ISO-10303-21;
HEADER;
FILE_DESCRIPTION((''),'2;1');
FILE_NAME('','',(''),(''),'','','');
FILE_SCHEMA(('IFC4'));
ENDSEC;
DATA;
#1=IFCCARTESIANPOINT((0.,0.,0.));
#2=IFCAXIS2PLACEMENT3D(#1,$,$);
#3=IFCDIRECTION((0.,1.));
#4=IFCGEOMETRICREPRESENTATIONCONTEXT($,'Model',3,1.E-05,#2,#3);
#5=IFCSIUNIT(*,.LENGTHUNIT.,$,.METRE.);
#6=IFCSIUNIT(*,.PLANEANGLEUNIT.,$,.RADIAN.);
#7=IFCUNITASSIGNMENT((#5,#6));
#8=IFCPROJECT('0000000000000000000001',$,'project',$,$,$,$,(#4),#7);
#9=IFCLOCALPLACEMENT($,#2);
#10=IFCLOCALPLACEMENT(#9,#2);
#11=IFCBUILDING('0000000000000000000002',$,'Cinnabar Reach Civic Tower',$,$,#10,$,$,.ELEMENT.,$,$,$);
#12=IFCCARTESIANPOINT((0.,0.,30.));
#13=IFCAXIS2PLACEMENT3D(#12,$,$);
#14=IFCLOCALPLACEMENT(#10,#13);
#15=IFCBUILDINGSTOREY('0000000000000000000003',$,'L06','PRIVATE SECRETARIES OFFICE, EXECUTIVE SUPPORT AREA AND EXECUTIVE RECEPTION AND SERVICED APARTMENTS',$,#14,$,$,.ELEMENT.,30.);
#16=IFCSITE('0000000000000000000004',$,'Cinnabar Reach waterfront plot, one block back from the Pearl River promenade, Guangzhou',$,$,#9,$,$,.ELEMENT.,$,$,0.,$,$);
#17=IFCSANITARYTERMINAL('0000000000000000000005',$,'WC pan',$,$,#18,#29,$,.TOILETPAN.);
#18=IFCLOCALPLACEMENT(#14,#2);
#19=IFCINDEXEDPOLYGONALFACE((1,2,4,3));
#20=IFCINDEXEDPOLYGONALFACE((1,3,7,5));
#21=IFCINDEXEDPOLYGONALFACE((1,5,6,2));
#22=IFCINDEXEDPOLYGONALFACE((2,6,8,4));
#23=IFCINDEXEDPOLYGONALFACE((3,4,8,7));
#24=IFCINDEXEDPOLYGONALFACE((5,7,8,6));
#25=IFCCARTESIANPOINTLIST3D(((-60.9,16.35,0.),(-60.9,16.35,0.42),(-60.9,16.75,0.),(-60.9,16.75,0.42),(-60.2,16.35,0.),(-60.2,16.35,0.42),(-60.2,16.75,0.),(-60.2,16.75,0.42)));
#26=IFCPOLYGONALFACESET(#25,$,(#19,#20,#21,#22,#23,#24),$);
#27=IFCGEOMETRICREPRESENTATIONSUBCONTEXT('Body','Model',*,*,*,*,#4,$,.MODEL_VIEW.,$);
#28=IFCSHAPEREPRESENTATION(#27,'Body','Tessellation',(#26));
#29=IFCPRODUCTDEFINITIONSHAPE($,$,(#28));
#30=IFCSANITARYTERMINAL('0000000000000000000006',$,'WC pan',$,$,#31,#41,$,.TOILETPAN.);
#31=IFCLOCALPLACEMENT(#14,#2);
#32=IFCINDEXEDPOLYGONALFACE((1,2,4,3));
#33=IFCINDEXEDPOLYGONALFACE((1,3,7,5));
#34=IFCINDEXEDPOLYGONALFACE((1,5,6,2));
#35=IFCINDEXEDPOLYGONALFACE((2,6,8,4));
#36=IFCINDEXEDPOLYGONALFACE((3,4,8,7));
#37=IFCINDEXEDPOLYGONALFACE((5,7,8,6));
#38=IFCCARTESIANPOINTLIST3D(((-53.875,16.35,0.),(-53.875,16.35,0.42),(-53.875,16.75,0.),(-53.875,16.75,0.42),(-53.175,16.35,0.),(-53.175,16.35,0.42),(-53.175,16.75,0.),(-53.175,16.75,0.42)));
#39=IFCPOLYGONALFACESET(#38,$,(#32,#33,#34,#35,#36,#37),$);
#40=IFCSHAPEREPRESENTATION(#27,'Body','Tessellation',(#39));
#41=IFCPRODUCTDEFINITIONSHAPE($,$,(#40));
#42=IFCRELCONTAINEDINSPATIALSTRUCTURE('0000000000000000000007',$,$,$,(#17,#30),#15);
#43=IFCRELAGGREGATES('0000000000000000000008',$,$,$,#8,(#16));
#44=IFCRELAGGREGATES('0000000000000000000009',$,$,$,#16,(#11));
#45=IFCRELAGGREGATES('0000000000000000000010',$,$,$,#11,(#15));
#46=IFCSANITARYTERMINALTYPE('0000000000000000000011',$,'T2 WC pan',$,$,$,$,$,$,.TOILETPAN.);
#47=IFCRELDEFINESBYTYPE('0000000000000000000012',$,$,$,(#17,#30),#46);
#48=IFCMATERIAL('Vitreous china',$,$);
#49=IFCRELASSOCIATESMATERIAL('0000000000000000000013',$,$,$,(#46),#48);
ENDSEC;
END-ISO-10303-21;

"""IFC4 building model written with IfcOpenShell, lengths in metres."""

from ifc_helpers import new_model, si_unit, direction, frame, origin, origin_2d, place, context, subcontext, project, spatial, rectangle, extrude, material, type_object, element, save


model = new_model("IFC4")

# Units and contexts
model_context = context("Model", 3, precision=1e-05, world=origin(), true_north=direction((0.0, 1.0)))
body_context = subcontext(model_context, "Body", "Model", "MODEL_VIEW")
ifc_project = project(units=[si_unit("LENGTHUNIT", "METRE"), si_unit("PLANEANGLEUNIT", "RADIAN")], contexts=[model_context])

# Site, building, storey
site_placement = place(None, origin())
site = spatial("IfcSite", under=ifc_project, at=site_placement, Name="Cinnabar Reach waterfront plot, one block back from the Pearl River promenade, Guangzhou", CompositionType="ELEMENT", RefElevation=0.0)
building_placement = place(site_placement, origin())
building = spatial("IfcBuilding", under=site, at=building_placement, Name="Cinnabar Reach Civic Tower", CompositionType="ELEMENT")
storey_placement = place(building_placement, frame((0.0, 0.0, 30.0)))
storey = spatial("IfcBuildingStorey", under=building, at=storey_placement, Name="L06", Description="PRIVATE SECRETARIES OFFICE, EXECUTIVE SUPPORT AREA AND EXECUTIVE RECEPTION AND SERVICED APARTMENTS", CompositionType="ELEMENT", Elevation=30.0)

# Sanitary terminals
ifc_material_1 = material(Name="Vitreous china")
sanitary_terminal_type_1 = type_object("IfcSanitaryTerminalType", Name="T2 WC pan", PredefinedType="TOILETPAN", material=ifc_material_1)
for number, where, z_axis, x_axis, name in (
    (1, (-60.55, 16.55, 0.0), (0.0, 0.0, 1.0), (1.0, 0.0, 0.0), "WC pan"),
    (2, (-53.525, 16.55, 0.0), (0.0, 0.0, 1.0), (1.0, 0.0, 0.0), "WC pan"),
):
    element("IfcSanitaryTerminal", number, at=place(storey_placement, frame(where, z_axis=z_axis, x_axis=x_axis)), inside=storey, type_object=sanitary_terminal_type_1, Name=name, PredefinedType="TOILETPAN", context=body_context, shape_type="SweptSolid", body=[
        extrude(rectangle(XDim=0.7, YDim=0.4, at=origin_2d()), origin(), (0.0, 0.0, 1.0), 0.42),
    ])

save(model, "model.ifc")
